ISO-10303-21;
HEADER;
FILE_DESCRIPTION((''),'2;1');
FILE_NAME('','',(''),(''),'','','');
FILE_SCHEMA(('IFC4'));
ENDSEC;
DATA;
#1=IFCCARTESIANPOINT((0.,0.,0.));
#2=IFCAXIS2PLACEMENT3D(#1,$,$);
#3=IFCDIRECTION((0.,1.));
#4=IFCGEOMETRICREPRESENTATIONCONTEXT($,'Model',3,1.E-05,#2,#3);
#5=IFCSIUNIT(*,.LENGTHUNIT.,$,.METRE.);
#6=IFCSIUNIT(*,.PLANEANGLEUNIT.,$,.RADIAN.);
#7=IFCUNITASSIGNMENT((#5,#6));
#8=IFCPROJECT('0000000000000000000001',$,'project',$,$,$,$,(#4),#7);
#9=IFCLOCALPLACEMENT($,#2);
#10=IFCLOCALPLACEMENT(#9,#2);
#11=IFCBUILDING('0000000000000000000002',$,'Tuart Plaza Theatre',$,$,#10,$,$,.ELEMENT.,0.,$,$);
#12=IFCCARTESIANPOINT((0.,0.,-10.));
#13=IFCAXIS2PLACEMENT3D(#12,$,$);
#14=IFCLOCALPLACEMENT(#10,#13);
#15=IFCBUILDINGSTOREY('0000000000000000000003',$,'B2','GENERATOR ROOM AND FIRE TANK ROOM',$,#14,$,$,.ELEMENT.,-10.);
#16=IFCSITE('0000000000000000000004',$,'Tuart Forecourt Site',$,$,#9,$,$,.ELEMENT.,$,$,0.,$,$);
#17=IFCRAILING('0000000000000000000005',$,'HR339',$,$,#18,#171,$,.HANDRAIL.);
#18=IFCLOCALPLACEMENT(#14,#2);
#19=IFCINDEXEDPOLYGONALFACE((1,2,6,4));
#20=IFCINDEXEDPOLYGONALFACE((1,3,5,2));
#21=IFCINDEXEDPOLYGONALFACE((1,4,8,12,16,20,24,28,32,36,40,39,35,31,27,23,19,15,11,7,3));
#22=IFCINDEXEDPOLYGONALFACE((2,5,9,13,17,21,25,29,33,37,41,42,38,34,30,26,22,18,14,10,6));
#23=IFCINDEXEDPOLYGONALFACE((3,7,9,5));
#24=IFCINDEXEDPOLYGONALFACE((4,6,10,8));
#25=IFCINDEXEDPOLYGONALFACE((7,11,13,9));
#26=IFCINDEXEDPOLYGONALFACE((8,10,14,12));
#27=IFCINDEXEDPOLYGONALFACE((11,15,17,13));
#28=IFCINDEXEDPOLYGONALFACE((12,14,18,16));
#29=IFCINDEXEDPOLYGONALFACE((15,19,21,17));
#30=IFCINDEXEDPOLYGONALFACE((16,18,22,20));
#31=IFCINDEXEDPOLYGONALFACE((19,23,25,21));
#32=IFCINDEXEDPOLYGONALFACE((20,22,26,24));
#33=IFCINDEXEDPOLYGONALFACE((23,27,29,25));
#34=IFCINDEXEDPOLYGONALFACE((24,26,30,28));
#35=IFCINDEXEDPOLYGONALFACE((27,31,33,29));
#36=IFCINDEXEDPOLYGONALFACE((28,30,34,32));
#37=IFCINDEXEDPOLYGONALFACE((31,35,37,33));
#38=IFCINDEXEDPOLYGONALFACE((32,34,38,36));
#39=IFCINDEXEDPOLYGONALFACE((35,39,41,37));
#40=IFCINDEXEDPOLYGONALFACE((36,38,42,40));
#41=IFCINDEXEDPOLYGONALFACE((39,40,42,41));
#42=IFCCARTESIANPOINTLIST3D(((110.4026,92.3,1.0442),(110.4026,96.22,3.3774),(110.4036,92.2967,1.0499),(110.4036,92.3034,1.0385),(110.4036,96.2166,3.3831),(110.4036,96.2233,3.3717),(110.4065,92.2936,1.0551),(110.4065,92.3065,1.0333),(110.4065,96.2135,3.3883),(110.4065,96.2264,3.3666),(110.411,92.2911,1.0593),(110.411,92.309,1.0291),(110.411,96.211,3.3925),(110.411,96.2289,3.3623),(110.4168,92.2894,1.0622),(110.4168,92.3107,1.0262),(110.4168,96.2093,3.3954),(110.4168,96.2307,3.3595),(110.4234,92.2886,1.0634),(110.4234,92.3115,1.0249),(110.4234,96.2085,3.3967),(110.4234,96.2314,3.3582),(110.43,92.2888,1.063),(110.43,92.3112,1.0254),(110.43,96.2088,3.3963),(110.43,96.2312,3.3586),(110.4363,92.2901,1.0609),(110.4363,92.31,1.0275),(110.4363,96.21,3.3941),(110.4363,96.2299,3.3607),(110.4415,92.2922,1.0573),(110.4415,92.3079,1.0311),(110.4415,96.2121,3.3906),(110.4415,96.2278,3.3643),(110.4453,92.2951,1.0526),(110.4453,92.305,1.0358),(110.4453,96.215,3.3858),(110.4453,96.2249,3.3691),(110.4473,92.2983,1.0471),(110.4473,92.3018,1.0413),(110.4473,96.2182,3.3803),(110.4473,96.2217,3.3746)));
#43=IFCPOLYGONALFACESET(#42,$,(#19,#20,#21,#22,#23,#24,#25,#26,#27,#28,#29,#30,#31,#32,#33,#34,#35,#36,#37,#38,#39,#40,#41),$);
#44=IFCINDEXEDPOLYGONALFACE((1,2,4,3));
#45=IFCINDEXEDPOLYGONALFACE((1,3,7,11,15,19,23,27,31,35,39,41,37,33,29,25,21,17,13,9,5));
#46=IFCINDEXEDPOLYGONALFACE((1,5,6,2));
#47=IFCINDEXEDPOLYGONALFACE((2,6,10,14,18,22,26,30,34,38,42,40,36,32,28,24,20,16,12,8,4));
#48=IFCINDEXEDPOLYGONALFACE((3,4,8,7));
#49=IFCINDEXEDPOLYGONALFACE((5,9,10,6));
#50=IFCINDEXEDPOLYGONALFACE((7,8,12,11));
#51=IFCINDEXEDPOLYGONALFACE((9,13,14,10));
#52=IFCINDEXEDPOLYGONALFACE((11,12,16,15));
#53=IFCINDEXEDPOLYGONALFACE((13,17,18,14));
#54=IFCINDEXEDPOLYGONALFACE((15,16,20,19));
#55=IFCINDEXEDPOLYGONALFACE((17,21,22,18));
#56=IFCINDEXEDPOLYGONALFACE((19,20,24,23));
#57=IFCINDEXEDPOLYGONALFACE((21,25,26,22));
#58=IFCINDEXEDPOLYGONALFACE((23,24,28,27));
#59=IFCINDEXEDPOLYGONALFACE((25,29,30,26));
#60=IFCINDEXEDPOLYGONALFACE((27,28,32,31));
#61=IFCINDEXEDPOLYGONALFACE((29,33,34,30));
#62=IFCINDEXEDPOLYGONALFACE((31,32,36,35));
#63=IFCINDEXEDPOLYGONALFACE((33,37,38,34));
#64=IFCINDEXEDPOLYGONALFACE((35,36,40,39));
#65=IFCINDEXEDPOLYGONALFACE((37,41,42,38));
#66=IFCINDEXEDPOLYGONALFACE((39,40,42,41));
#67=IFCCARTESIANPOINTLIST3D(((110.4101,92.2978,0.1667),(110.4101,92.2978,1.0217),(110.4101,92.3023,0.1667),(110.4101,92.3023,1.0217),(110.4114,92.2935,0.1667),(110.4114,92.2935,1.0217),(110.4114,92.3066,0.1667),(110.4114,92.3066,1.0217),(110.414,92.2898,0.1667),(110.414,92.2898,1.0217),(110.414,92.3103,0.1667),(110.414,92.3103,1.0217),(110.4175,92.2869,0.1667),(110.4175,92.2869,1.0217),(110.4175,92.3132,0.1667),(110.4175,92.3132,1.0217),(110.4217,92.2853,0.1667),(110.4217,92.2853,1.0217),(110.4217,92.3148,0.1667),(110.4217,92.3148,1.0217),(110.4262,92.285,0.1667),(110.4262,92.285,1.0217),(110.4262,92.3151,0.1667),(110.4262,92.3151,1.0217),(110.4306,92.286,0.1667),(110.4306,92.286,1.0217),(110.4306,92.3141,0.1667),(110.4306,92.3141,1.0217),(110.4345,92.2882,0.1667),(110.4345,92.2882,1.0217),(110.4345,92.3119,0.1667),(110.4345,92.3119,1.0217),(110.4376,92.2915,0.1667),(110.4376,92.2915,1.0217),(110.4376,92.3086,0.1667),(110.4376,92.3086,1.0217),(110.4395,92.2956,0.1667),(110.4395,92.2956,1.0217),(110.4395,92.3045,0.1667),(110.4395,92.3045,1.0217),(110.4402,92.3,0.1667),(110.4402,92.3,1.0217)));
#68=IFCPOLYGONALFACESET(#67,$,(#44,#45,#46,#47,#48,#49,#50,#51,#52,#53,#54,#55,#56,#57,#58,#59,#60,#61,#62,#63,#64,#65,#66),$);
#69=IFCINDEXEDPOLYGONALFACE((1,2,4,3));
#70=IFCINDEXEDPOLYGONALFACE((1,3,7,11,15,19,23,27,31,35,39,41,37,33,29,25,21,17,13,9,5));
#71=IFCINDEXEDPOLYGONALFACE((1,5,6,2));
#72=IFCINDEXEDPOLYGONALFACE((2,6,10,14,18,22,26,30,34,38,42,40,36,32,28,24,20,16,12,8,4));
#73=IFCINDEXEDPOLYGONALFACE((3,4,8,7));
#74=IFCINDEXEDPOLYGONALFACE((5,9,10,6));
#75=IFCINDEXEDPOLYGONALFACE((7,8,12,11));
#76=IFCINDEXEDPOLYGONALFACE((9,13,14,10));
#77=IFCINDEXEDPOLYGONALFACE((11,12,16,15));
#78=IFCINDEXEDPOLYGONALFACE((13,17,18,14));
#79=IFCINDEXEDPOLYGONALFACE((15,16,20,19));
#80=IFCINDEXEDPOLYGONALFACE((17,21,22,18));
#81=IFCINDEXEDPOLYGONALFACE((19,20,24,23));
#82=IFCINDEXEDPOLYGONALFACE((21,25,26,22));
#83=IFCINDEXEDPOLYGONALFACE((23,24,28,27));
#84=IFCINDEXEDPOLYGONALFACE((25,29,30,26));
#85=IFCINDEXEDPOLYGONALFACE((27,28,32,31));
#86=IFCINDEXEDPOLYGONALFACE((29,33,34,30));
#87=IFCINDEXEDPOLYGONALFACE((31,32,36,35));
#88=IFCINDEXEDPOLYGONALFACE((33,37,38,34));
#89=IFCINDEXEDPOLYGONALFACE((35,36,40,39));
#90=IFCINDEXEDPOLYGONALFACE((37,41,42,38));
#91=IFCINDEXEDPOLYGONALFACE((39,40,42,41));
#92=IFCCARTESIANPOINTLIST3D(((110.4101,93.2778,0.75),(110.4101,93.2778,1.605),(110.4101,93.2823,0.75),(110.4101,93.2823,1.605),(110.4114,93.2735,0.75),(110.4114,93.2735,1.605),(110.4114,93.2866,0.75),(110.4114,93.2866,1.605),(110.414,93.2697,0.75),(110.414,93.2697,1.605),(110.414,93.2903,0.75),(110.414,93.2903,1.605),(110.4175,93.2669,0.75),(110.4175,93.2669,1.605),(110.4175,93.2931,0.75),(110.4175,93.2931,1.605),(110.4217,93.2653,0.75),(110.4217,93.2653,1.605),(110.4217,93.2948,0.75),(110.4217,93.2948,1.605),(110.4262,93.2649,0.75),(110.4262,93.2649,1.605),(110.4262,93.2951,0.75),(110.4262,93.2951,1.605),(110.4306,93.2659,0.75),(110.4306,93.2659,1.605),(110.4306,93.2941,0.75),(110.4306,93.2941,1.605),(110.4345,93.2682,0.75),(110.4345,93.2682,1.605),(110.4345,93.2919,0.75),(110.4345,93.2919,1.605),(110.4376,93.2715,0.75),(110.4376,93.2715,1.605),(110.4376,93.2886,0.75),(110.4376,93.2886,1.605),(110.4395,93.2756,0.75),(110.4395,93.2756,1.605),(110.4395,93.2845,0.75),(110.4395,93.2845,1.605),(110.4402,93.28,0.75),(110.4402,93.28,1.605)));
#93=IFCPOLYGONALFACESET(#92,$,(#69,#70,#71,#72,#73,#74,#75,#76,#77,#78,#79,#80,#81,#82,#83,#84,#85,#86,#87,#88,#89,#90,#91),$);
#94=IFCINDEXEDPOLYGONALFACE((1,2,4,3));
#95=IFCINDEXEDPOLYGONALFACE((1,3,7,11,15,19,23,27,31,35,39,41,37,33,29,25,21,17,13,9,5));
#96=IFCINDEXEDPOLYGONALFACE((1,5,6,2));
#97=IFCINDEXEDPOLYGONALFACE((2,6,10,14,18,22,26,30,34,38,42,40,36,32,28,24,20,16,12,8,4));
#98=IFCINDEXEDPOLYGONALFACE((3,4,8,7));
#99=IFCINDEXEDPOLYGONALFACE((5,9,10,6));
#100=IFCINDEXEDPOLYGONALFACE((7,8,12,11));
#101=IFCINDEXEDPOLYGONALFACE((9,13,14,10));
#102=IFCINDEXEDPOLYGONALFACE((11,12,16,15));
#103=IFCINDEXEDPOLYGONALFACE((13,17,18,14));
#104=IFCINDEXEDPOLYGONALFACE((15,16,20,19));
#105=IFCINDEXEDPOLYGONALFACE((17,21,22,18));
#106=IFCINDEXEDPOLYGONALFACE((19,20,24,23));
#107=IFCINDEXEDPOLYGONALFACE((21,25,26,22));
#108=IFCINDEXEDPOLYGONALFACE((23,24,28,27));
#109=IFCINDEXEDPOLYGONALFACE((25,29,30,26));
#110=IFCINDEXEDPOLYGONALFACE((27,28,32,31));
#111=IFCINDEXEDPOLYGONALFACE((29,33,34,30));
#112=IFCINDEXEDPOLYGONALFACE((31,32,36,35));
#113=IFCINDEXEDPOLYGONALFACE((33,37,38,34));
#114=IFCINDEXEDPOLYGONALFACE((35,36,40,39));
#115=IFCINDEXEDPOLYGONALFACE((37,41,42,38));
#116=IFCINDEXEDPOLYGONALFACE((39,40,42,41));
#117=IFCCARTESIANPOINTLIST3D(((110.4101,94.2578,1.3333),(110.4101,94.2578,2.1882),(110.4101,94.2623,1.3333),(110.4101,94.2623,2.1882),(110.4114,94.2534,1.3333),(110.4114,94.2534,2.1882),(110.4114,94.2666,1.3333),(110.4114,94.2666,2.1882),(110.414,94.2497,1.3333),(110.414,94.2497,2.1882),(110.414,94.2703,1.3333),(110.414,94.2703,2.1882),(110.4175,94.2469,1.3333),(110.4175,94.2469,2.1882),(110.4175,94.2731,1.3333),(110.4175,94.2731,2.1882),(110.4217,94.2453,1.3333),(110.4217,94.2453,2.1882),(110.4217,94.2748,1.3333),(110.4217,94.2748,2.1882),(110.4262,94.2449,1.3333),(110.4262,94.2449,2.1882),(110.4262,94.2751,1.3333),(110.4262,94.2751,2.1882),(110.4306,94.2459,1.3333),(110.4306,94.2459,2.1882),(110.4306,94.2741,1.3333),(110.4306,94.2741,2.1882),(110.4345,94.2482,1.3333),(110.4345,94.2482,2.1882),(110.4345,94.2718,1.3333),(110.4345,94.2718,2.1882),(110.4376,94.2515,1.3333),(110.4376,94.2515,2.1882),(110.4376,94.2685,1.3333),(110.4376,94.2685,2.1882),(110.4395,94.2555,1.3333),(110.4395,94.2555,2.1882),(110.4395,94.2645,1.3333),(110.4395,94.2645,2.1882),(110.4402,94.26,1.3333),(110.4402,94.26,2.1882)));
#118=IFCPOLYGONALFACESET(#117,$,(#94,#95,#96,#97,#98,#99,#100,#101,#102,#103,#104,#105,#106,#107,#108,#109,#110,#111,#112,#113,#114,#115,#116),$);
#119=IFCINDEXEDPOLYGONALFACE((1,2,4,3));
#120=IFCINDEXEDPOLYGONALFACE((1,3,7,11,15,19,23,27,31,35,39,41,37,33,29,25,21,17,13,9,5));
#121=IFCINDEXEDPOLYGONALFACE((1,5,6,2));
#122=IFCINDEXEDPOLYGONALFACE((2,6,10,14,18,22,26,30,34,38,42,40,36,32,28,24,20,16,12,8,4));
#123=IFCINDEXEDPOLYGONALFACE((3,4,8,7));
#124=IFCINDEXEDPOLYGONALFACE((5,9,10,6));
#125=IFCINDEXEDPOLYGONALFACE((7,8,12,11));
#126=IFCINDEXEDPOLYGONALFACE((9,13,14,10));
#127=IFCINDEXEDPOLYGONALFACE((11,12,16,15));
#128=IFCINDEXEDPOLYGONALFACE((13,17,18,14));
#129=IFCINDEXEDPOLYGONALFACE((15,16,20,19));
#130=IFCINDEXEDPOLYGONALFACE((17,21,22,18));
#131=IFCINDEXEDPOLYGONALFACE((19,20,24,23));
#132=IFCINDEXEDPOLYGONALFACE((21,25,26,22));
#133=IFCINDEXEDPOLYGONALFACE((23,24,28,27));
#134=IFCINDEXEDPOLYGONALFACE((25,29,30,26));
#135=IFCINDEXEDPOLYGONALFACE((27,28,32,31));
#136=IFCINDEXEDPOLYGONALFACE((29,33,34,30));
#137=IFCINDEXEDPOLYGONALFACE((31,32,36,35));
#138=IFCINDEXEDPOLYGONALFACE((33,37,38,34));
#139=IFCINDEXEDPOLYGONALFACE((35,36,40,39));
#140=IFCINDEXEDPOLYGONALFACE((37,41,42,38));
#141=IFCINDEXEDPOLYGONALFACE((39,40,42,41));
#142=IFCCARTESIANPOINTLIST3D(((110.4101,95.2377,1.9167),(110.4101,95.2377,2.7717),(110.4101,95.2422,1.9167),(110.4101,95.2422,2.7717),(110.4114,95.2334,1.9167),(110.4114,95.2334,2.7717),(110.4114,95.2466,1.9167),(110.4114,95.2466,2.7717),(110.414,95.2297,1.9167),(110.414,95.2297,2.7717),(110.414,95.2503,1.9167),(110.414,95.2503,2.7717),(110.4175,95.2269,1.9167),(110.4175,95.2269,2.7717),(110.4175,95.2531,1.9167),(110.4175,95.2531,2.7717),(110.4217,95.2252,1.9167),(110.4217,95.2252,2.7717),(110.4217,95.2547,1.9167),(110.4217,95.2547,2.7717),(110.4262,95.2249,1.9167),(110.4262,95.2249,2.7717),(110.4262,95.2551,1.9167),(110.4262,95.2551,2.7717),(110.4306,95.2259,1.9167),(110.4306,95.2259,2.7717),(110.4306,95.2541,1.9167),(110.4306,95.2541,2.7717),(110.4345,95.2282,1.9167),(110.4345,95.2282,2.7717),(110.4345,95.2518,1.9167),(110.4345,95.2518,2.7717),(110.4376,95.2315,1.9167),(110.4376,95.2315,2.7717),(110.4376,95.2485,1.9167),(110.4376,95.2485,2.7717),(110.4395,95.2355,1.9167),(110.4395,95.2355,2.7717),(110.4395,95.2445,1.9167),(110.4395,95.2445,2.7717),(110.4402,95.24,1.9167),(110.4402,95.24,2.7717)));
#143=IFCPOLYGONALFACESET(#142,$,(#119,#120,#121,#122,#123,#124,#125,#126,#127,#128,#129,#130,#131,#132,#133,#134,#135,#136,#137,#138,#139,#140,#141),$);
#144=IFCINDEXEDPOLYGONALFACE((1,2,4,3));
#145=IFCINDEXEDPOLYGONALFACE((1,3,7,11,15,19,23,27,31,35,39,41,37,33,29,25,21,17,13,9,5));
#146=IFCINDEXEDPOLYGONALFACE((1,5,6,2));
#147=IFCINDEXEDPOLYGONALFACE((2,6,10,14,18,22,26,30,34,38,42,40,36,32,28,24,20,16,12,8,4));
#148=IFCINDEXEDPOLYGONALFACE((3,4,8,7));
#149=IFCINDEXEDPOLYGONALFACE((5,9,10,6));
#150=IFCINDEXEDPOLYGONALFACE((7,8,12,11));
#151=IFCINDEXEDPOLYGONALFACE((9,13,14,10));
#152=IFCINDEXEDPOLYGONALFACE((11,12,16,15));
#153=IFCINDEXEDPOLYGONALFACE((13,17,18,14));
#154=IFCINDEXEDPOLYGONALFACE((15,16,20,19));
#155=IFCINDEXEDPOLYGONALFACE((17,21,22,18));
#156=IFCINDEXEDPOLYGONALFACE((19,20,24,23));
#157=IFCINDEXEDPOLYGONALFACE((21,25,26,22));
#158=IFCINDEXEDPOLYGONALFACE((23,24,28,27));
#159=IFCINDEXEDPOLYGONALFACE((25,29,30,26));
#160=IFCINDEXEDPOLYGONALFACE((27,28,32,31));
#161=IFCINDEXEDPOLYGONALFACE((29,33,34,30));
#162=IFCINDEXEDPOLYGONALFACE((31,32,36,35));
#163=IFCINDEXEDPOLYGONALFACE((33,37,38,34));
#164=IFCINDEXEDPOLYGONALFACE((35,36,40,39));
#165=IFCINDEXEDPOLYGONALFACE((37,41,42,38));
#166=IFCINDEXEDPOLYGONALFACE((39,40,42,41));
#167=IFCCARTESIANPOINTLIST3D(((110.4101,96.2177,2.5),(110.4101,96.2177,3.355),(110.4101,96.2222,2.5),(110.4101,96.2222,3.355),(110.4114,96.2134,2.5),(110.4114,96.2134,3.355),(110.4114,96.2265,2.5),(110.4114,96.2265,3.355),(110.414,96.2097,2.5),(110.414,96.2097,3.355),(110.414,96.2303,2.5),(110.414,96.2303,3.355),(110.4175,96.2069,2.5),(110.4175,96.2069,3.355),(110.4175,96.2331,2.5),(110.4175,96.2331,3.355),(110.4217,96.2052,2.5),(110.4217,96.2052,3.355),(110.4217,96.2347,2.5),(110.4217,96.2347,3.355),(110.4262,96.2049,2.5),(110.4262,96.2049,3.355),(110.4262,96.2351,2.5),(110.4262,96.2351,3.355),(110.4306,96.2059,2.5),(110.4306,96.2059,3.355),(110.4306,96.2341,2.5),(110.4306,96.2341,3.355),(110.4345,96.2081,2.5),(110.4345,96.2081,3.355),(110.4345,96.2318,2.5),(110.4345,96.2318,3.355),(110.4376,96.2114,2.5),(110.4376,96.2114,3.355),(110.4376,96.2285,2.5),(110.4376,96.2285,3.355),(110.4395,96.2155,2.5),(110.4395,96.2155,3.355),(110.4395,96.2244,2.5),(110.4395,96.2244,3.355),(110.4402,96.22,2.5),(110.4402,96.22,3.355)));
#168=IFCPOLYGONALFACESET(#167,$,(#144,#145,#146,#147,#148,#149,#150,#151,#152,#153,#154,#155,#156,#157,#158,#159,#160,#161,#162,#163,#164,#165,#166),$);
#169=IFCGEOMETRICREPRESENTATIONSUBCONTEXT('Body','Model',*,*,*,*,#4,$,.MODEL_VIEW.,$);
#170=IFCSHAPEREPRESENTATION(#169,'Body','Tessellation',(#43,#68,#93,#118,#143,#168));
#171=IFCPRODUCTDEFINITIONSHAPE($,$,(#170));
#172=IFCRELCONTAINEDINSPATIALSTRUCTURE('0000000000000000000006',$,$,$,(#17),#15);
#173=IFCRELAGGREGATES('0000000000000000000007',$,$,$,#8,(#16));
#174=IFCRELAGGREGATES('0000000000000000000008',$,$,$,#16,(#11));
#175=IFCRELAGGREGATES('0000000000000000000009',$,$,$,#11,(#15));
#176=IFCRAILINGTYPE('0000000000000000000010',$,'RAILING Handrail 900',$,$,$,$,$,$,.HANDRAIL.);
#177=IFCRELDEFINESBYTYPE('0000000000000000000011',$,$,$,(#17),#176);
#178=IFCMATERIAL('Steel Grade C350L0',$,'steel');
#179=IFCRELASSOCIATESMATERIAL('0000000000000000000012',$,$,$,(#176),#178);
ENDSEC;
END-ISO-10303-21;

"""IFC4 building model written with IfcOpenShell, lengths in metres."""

from ifc_helpers import new_model, si_unit, direction, frame, origin, origin_2d, place, context, subcontext, project, spatial, circle, extrude, material, type_object, element, save


model = new_model("IFC4")

# Units and contexts
model_context = context("Model", 3, precision=1e-05, world=origin(), true_north=direction((0.0, 1.0)))
body_context = subcontext(model_context, "Body", "Model", "MODEL_VIEW")
ifc_project = project(units=[si_unit("LENGTHUNIT", "METRE"), si_unit("PLANEANGLEUNIT", "RADIAN")], contexts=[model_context])

# Site, building, storey
site_placement = place(None, origin())
site = spatial("IfcSite", under=ifc_project, at=site_placement, Name="Tuart Forecourt Site", CompositionType="ELEMENT", RefElevation=0.0)
building_placement = place(site_placement, origin())
building = spatial("IfcBuilding", under=site, at=building_placement, Name="Tuart Plaza Theatre", CompositionType="ELEMENT", ElevationOfRefHeight=0.0)
storey_placement = place(building_placement, frame((0.0, 0.0, -10.0)))
storey = spatial("IfcBuildingStorey", under=building, at=storey_placement, Name="B2", Description="GENERATOR ROOM AND FIRE TANK ROOM", CompositionType="ELEMENT", Elevation=-10.0)

# Railing
ifc_material_1 = material(Name="Steel Grade C350L0", Category="steel")
railing_type_1 = type_object("IfcRailingType", Name="RAILING Handrail 900", PredefinedType="HANDRAIL", material=ifc_material_1)
for number, where, name in (
    (1, (110.425, 92.3, 0.1667), "HR339"),
):
    element("IfcRailing", number, at=place(storey_placement, frame(where)), inside=storey, type_object=railing_type_1, Name=name, PredefinedType="HANDRAIL", context=body_context, shape_type="SweptSolid", body=[
        extrude(circle(Radius=0.0225, at=origin_2d()), frame((0.0, 0.0, 0.8774), z_axis=(0.0, 0.859296, 0.511478), x_axis=(-1.0, 0.0, 0.0)), (0.0, 0.0, 1.0), 4.5618),
        extrude(circle(Radius=0.0151, at=origin_2d()), origin(), (0.0, 0.0, 1.0), 0.855),
        extrude(circle(Radius=0.0151, at=origin_2d()), frame((0.0, 0.98, 0.5833)), (0.0, 0.0, 1.0), 0.855),
        extrude(circle(Radius=0.0151, at=origin_2d()), frame((0.0, 1.96, 1.1665)), (0.0, 0.0, 1.0), 0.855),
        extrude(circle(Radius=0.0151, at=origin_2d()), frame((0.0, 2.9399, 1.75)), (0.0, 0.0, 1.0), 0.855),
        extrude(circle(Radius=0.0151, at=origin_2d()), frame((0.0, 3.9199, 2.3333)), (0.0, 0.0, 1.0), 0.855),
    ])

save(model, "model.ifc")
